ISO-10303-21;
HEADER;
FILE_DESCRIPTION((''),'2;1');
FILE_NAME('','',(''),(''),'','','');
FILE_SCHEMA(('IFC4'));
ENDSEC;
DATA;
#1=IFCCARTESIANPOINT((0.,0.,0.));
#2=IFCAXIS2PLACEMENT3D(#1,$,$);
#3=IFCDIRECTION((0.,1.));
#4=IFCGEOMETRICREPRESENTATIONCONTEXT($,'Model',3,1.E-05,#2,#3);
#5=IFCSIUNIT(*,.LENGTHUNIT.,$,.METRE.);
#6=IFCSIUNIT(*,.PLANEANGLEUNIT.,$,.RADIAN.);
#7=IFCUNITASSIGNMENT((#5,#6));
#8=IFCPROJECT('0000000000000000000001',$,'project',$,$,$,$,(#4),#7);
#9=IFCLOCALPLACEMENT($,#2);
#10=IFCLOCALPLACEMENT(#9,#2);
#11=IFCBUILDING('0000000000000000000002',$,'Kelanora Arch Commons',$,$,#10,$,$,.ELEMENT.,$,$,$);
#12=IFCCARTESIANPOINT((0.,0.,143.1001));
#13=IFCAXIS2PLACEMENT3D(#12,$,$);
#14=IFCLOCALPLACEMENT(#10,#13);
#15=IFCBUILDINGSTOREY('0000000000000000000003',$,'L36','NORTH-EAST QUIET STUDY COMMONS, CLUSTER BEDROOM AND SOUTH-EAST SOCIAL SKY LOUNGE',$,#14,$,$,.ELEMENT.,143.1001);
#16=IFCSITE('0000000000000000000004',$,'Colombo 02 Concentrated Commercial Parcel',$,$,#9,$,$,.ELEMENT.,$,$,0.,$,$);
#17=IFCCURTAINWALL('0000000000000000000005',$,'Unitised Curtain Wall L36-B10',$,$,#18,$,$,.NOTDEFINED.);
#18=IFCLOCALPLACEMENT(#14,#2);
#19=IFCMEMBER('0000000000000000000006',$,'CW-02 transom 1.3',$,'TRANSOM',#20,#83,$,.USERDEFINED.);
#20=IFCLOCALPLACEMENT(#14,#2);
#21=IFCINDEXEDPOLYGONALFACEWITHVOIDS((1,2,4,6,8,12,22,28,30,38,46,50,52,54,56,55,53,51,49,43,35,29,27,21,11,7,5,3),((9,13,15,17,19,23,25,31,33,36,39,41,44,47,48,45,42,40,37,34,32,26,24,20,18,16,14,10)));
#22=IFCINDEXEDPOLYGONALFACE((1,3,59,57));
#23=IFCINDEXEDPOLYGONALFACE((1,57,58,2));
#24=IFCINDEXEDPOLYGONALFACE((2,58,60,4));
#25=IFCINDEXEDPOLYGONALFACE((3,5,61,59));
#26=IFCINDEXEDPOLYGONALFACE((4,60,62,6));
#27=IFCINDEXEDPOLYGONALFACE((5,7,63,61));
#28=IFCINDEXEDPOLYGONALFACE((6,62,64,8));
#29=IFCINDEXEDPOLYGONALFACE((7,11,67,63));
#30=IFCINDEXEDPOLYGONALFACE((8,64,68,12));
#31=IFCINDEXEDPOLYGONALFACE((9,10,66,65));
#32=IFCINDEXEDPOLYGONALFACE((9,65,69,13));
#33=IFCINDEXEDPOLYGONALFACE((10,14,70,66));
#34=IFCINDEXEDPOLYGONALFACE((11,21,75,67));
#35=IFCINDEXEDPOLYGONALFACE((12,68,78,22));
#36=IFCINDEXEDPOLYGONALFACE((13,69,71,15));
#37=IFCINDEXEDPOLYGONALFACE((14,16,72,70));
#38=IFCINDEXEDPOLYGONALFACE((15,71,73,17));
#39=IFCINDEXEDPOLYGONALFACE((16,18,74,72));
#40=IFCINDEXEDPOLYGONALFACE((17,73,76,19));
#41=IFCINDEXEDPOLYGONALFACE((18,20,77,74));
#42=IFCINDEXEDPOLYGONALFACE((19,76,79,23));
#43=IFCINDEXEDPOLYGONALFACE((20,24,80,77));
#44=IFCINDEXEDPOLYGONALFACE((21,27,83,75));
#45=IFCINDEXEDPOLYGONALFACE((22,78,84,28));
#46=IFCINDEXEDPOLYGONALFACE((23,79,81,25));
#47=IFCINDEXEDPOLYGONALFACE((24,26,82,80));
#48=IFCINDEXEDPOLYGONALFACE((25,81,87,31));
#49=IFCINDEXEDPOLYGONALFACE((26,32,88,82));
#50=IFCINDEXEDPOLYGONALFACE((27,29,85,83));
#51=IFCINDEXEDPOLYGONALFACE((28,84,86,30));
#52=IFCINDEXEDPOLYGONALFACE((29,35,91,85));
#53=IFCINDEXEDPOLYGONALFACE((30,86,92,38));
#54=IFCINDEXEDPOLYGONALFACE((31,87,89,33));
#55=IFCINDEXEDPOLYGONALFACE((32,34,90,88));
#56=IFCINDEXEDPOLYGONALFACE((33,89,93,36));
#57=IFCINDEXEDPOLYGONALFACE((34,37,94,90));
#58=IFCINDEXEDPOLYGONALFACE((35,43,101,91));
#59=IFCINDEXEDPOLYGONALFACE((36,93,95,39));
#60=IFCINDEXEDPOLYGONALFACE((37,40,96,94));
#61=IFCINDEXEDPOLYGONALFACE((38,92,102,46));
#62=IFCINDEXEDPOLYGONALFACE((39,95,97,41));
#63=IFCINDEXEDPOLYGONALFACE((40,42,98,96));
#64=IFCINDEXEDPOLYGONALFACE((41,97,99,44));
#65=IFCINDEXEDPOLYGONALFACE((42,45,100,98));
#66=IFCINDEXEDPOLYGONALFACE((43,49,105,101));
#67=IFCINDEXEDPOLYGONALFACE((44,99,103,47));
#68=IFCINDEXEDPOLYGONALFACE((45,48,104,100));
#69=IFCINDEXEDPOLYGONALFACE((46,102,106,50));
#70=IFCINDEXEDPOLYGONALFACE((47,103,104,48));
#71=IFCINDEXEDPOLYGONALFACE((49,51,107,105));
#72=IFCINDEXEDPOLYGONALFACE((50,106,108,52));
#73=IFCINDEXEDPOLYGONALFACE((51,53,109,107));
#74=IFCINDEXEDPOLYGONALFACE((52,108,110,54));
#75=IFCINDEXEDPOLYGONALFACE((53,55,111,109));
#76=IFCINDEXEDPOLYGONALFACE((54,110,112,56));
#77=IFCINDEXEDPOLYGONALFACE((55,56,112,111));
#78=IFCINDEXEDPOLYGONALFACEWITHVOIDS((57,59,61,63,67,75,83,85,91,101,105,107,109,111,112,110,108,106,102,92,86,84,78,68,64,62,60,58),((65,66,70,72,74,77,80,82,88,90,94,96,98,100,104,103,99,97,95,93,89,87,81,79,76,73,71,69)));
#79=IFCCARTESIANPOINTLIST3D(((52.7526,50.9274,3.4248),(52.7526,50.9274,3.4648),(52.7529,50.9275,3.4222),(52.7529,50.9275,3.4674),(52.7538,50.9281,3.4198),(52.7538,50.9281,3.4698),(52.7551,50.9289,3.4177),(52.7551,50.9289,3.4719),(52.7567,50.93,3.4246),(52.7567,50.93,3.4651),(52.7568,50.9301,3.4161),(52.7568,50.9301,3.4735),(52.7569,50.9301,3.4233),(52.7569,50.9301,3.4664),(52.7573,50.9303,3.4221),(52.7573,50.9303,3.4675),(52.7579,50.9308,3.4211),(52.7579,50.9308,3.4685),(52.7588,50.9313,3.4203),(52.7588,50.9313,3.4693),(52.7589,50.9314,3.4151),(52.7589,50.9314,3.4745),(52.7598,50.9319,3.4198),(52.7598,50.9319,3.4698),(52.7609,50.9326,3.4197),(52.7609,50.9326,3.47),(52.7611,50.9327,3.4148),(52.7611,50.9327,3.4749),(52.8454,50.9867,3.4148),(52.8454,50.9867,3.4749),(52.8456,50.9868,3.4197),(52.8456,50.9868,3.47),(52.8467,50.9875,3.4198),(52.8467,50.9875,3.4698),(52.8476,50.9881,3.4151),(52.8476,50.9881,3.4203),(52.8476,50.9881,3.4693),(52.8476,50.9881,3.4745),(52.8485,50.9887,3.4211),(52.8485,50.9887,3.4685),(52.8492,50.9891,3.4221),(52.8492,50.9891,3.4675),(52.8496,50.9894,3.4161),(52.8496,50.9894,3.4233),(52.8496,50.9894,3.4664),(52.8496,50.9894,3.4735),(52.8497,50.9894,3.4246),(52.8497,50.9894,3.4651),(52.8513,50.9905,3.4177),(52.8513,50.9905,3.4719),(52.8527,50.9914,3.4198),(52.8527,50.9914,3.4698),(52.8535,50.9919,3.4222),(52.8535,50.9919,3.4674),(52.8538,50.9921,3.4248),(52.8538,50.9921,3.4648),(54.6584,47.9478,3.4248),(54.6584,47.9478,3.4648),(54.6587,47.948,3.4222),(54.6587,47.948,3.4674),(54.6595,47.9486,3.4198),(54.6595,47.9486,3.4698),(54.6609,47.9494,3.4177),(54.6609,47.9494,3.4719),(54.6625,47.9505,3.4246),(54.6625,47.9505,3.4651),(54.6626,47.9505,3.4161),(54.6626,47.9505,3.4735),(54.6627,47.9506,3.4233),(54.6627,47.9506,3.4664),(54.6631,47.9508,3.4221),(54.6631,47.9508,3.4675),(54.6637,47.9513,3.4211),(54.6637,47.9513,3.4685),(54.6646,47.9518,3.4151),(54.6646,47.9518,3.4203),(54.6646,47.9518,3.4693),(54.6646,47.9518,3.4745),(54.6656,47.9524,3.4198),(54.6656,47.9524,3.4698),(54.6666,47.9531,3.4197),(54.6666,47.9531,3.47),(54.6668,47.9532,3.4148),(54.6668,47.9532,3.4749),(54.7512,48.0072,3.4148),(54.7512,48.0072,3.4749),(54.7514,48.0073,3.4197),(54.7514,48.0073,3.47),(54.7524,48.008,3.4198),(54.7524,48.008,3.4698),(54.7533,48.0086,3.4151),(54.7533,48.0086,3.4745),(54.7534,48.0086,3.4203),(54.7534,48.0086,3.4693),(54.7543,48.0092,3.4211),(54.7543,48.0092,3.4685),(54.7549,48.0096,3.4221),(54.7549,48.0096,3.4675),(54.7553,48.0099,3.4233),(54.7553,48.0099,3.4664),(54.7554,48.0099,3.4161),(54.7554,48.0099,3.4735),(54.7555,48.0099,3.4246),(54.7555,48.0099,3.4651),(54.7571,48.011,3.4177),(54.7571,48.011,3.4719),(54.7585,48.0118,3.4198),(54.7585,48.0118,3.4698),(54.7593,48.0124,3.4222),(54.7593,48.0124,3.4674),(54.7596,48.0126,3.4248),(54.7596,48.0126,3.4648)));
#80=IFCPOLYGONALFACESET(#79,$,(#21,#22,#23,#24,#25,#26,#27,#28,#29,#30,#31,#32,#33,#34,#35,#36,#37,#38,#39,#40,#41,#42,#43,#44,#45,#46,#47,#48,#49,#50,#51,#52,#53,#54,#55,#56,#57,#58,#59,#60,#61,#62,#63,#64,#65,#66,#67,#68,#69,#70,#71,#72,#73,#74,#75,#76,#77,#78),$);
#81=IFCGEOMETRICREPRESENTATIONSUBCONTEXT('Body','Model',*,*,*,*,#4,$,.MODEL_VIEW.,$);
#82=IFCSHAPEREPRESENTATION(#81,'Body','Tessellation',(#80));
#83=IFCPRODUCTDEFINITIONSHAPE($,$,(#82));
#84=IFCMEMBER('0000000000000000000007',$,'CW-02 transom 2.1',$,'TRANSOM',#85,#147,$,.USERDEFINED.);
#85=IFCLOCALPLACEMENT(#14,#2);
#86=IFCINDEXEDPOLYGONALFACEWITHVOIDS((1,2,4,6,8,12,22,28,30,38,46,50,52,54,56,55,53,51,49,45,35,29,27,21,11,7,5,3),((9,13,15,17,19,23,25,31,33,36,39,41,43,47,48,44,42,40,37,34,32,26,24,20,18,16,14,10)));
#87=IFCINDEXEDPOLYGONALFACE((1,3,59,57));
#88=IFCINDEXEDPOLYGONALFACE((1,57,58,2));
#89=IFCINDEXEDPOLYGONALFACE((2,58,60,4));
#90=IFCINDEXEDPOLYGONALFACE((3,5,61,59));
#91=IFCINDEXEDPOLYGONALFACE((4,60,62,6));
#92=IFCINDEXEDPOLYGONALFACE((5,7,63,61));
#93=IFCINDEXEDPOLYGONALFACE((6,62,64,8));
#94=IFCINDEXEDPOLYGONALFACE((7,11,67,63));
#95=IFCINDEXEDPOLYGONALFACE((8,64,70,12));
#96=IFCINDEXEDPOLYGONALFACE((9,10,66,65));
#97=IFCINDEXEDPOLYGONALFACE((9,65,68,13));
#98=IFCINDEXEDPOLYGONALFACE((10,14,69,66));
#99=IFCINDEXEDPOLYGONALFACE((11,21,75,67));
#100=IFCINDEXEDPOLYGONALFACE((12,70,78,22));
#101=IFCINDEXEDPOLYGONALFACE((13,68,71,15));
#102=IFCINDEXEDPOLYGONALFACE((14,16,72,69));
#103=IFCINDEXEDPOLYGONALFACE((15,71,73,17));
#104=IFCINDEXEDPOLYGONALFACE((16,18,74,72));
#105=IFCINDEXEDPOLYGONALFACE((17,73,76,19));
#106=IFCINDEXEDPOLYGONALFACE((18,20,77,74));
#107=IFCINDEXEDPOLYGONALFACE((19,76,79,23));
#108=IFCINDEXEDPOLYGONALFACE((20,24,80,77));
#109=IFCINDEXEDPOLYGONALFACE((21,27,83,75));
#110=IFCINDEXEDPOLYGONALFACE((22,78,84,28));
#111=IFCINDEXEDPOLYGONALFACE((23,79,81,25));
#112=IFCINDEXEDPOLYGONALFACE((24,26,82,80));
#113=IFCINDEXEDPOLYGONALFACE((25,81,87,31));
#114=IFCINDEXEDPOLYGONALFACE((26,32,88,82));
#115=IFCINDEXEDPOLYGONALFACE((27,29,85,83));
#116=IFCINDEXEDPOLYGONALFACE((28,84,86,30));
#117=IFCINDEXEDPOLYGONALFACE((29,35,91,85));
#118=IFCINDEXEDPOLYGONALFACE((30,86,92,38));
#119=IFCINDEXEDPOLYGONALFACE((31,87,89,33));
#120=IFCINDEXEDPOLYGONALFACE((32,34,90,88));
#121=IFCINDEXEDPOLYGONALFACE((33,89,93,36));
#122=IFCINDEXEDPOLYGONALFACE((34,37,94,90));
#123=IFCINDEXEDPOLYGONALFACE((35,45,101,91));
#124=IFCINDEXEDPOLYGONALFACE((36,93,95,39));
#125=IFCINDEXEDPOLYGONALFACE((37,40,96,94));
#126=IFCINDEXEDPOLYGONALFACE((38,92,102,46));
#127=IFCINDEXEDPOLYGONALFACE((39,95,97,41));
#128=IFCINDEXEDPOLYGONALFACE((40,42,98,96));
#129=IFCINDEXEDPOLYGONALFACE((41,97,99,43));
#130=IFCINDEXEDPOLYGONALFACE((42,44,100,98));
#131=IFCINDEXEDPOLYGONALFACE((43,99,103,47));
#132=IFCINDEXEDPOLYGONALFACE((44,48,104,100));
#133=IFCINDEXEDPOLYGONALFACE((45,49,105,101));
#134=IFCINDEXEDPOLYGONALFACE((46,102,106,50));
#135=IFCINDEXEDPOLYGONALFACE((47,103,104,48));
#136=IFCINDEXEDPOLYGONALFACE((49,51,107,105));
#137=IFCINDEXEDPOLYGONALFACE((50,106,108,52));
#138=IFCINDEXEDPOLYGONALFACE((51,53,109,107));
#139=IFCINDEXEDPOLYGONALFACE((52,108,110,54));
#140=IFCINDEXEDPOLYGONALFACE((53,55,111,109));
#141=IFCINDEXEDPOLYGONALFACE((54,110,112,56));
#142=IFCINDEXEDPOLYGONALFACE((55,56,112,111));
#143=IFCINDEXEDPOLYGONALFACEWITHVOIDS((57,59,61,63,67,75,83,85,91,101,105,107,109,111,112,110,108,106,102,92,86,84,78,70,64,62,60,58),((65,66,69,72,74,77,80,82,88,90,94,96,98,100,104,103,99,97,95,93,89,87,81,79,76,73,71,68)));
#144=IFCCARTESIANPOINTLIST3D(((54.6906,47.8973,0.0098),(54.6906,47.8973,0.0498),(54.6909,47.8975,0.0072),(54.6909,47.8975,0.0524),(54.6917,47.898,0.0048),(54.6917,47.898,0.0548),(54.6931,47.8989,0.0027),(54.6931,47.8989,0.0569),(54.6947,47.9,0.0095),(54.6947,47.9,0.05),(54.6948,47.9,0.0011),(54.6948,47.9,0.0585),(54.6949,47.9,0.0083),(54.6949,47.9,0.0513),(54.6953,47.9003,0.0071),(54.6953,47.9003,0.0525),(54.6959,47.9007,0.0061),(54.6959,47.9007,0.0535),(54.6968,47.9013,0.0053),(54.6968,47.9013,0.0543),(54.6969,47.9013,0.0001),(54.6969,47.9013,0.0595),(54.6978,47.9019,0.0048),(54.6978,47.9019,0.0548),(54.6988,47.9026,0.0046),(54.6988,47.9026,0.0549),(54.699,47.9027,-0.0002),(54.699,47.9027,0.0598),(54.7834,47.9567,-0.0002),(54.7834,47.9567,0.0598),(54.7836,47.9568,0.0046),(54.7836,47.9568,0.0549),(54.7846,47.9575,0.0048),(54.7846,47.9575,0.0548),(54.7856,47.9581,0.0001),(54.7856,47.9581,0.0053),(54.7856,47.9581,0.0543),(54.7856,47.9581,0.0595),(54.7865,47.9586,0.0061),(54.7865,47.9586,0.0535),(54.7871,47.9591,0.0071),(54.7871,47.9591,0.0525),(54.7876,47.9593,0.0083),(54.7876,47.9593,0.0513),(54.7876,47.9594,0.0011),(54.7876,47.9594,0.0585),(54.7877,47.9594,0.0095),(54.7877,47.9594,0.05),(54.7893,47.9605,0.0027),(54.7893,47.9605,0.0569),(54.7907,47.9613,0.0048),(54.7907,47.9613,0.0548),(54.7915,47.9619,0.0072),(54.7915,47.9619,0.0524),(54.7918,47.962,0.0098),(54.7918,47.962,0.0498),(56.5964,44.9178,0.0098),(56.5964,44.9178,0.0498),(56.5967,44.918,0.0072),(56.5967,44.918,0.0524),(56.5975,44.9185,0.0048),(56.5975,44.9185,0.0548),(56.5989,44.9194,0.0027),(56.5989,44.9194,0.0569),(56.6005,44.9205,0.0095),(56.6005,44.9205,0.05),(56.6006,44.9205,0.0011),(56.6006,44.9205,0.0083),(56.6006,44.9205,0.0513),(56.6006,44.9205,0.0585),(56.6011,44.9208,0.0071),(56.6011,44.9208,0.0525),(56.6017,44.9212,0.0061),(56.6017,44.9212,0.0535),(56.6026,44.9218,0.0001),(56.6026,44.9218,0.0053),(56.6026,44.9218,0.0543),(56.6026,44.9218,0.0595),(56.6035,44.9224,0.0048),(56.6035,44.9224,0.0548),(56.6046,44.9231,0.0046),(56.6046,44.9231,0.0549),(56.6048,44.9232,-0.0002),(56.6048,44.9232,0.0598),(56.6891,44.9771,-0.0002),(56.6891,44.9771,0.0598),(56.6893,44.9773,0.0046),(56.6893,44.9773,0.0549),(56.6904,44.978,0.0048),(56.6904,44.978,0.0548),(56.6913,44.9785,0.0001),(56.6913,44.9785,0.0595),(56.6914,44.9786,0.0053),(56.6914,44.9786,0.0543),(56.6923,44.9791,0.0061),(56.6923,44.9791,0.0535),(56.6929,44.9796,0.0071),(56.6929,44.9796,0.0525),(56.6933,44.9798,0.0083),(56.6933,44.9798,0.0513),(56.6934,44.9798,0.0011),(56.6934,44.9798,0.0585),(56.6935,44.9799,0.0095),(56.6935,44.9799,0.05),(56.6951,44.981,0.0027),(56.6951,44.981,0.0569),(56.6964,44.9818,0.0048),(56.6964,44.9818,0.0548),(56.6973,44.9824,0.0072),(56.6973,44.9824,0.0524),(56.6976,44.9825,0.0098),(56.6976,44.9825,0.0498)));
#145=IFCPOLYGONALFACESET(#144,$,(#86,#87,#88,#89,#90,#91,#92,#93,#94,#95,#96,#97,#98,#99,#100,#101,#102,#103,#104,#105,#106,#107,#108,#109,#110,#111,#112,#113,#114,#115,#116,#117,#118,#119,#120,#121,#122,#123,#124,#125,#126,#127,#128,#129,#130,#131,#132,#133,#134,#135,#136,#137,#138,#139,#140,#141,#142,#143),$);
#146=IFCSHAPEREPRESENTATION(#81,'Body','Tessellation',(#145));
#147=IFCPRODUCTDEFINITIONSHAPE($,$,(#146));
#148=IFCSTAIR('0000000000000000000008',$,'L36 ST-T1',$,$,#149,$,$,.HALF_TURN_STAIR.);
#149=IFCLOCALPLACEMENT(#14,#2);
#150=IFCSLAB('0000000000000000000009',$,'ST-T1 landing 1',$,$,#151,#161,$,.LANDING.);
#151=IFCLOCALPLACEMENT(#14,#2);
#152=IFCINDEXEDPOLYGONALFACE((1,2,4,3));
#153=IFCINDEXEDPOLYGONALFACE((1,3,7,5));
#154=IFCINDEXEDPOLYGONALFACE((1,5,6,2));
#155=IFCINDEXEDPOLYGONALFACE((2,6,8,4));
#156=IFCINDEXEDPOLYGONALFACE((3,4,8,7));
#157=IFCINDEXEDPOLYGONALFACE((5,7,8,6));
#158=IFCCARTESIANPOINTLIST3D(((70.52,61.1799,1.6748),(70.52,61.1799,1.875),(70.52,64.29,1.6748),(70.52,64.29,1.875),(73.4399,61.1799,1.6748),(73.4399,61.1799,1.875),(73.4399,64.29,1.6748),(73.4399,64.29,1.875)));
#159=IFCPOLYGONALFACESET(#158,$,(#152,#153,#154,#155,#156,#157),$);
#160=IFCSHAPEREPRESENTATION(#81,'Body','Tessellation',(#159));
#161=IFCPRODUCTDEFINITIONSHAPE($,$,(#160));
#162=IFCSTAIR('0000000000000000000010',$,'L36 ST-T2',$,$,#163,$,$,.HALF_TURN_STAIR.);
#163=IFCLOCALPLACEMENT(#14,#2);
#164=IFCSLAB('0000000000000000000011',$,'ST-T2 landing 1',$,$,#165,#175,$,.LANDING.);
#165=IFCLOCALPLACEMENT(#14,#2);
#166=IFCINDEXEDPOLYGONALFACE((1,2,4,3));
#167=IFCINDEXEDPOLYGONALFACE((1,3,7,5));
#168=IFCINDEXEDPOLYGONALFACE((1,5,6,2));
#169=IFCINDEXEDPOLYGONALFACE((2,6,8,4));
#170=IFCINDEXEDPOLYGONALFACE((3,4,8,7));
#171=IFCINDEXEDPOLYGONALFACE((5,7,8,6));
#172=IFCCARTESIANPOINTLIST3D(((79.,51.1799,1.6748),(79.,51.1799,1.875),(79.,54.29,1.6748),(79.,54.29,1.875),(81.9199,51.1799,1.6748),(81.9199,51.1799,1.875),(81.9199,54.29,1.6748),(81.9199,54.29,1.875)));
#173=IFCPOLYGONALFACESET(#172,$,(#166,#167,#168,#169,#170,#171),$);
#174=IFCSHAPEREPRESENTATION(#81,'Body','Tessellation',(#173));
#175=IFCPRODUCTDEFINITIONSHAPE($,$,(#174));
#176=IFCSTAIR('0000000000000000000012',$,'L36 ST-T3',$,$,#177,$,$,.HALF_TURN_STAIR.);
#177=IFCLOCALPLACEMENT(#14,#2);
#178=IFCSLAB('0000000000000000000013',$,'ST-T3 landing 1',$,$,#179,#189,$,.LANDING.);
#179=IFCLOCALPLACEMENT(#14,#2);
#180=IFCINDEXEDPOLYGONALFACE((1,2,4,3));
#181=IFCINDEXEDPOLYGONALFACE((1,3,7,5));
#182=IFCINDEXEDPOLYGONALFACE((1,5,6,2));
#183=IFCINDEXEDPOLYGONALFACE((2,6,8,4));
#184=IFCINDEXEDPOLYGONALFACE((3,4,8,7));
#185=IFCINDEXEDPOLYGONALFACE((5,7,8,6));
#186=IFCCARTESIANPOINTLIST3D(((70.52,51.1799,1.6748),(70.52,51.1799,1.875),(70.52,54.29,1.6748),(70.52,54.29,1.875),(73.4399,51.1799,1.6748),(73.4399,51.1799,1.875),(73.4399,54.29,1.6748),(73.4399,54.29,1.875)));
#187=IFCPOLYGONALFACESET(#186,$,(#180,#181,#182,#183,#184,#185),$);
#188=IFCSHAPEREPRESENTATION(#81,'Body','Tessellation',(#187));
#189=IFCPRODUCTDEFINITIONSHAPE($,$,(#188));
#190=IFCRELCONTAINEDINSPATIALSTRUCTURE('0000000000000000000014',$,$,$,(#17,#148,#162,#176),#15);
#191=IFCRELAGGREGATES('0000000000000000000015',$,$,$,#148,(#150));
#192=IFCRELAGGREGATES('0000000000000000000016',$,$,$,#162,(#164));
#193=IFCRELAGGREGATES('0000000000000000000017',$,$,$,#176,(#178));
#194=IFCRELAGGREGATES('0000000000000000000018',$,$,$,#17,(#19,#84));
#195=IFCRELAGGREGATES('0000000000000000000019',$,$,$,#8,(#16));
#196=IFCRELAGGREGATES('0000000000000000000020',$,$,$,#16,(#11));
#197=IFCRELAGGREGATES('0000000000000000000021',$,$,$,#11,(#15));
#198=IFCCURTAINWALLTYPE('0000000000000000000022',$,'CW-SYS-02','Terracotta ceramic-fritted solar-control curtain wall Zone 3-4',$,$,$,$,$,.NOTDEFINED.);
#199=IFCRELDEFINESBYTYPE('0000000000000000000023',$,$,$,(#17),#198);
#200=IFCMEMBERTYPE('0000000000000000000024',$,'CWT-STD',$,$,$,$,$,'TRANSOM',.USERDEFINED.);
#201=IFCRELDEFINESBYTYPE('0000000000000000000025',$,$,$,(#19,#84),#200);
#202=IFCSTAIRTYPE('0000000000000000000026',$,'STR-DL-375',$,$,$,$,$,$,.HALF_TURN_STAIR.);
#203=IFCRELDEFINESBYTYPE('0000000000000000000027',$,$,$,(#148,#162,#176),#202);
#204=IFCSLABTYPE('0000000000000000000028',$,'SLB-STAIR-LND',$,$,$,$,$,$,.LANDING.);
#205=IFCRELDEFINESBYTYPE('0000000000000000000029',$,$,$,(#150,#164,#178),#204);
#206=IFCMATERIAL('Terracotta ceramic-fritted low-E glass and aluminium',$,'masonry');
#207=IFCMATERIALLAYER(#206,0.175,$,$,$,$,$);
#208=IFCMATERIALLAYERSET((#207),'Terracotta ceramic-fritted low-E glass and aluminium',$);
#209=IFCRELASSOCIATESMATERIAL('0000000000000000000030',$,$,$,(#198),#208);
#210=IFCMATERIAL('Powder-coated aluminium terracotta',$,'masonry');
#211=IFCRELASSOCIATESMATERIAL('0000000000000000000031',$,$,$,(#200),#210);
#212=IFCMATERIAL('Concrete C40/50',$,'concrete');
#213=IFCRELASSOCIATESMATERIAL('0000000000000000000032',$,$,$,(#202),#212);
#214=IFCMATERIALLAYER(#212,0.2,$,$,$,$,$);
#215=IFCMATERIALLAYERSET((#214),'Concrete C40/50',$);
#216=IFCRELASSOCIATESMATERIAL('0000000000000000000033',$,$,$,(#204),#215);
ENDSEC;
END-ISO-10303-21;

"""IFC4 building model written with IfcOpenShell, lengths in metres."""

from ifc_helpers import new_model, si_unit, direction, frame, origin, origin_2d, place, context, subcontext, project, spatial, polyline, hollow_rectangle, outline, extrude, material, layer, layer_set, material_profile, profile_set, type_object, element, aggregate, save


model = new_model("IFC4")

# Units and contexts
model_context = context("Model", 3, precision=1e-05, world=origin(), true_north=direction((0.0, 1.0)))
body_context = subcontext(model_context, "Body", "Model", "MODEL_VIEW")
ifc_project = project(units=[si_unit("LENGTHUNIT", "METRE"), si_unit("PLANEANGLEUNIT", "RADIAN")], contexts=[model_context])

# Site, building, storey
site_placement = place(None, origin())
site = spatial("IfcSite", under=ifc_project, at=site_placement, Name="Colombo 02 Concentrated Commercial Parcel", CompositionType="ELEMENT", RefElevation=0.0)
building_placement = place(site_placement, origin())
building = spatial("IfcBuilding", under=site, at=building_placement, Name="Kelanora Arch Commons", CompositionType="ELEMENT")
storey_placement = place(building_placement, frame((0.0, 0.0, 143.1001)))
storey = spatial("IfcBuildingStorey", under=building, at=storey_placement, Name="L36", Description="NORTH-EAST QUIET STUDY COMMONS, CLUSTER BEDROOM AND SOUTH-EAST SOCIAL SKY LOUNGE", CompositionType="ELEMENT", Elevation=143.1001)

# Curtain wall, members
ifc_material_1 = material(Name="Terracotta ceramic-fritted low-E glass and aluminium", Category="masonry")
ifc_layer_1 = layer(ifc_material_1, 0.175)
ifc_layer_set_1 = layer_set([ifc_layer_1], Name="Terracotta ceramic-fritted low-E glass and aluminium")
curtain_wall_type = type_object("IfcCurtainWallType", Name="CW-SYS-02", Description="Terracotta ceramic-fritted solar-control curtain wall Zone 3-4", PredefinedType="NOTDEFINED", material=ifc_layer_set_1)
curtain_wall_placement = place(storey_placement, origin())
curtain_wall = element("IfcCurtainWall", 1, at=curtain_wall_placement, inside=storey, type_object=curtain_wall_type, Name="Unitised Curtain Wall L36-B10", PredefinedType="NOTDEFINED")
ifc_material_2 = material(Name="Powder-coated aluminium terracotta", Category="masonry")
ifc_material_profile_1 = material_profile(ifc_material_2, hollow_rectangle(XDim=0.1201, YDim=0.0601, WallThickness=0.0049, InnerFilletRadius=0.0049, OuterFilletRadius=0.01, at=origin_2d()), Name="CWT120x60")
ifc_profile_set_1 = profile_set([ifc_material_profile_1], Name="Powder-coated aluminium terracotta")
member_type_1 = type_object("IfcMemberType", Name="CWT-STD", ElementType="TRANSOM", PredefinedType="USERDEFINED", material=ifc_profile_set_1)
member_1_placement = place(storey_placement, frame((52.8032, 50.9597, 3.4448), z_axis=(0.53883, -0.842414, 0.0), x_axis=(0.842414, 0.53883, 0.0)))
member_1 = element("IfcMember", 2, at=member_1_placement, type_object=member_type_1, Name="CW-02 transom 1.3", ObjectType="TRANSOM", PredefinedType="USERDEFINED", context=body_context, shape_type="SweptSolid", body=[
    extrude(hollow_rectangle(XDim=0.1201, YDim=0.0601, WallThickness=0.0049, InnerFilletRadius=0.0049, OuterFilletRadius=0.01, at=origin_2d()), origin(), (0.0, 0.0, 1.0), 3.5369),
])
member_2_placement = place(storey_placement, frame((54.7412, 47.9297, 0.0298), z_axis=(0.53883, -0.842414, 0.0), x_axis=(0.842414, 0.53883, 0.0)))
member_2 = element("IfcMember", 3, at=member_2_placement, type_object=member_type_1, Name="CW-02 transom 2.1", ObjectType="TRANSOM", PredefinedType="USERDEFINED", context=body_context, shape_type="SweptSolid", body=[
    extrude(hollow_rectangle(XDim=0.1201, YDim=0.0601, WallThickness=0.0049, InnerFilletRadius=0.0049, OuterFilletRadius=0.01, at=origin_2d()), origin(), (0.0, 0.0, 1.0), 3.5369),
])

# Stairs, slabs
ifc_material_3 = material(Name="Concrete C40/50", Category="concrete")
stair_type = type_object("IfcStairType", Name="STR-DL-375", PredefinedType="HALF_TURN_STAIR", material=ifc_material_3)
stair_1_placement = place(storey_placement, origin())
stair_1 = element("IfcStair", 4, at=stair_1_placement, inside=storey, type_object=stair_type, Name="L36 ST-T1", PredefinedType="HALF_TURN_STAIR")
ifc_layer_2 = layer(ifc_material_3, 0.2)
ifc_layer_set_2 = layer_set([ifc_layer_2], Name="Concrete C40/50")
slab_type_1 = type_object("IfcSlabType", Name="SLB-STAIR-LND", PredefinedType="LANDING", material=ifc_layer_set_2)
slab_1_placement = place(storey_placement, frame((0.0, 0.0, 1.6748)))
slab_1 = element("IfcSlab", 5, at=slab_1_placement, type_object=slab_type_1, Name="ST-T1 landing 1", PredefinedType="LANDING", context=body_context, shape_type="SweptSolid", body=[
    extrude(outline(polyline([(70.52, 61.1799), (73.4399, 61.1799), (73.4399, 64.29), (70.52, 64.29), (70.52, 61.1799)])), origin(), (0.0, 0.0, 1.0), 0.2002),
])
aggregate(stair_1, [slab_1])
stair_2_placement = place(storey_placement, origin())
stair_2 = element("IfcStair", 6, at=stair_2_placement, inside=storey, type_object=stair_type, Name="L36 ST-T2", PredefinedType="HALF_TURN_STAIR")
slab_2_placement = place(storey_placement, frame((0.0, 0.0, 1.6748)))
slab_2 = element("IfcSlab", 7, at=slab_2_placement, type_object=slab_type_1, Name="ST-T2 landing 1", PredefinedType="LANDING", context=body_context, shape_type="SweptSolid", body=[
    extrude(outline(polyline([(79.0, 51.1799), (81.9199, 51.1799), (81.9199, 54.29), (79.0, 54.29), (79.0, 51.1799)])), origin(), (0.0, 0.0, 1.0), 0.2002),
])
aggregate(stair_2, [slab_2])
stair_3_placement = place(storey_placement, origin())
stair_3 = element("IfcStair", 8, at=stair_3_placement, inside=storey, type_object=stair_type, Name="L36 ST-T3", PredefinedType="HALF_TURN_STAIR")
slab_3_placement = place(storey_placement, frame((0.0, 0.0, 1.6748)))
slab_3 = element("IfcSlab", 9, at=slab_3_placement, type_object=slab_type_1, Name="ST-T3 landing 1", PredefinedType="LANDING", context=body_context, shape_type="SweptSolid", body=[
    extrude(outline(polyline([(70.52, 51.1799), (73.4399, 51.1799), (73.4399, 54.29), (70.52, 54.29), (70.52, 51.1799)])), origin(), (0.0, 0.0, 1.0), 0.2002),
])
aggregate(stair_3, [slab_3])

aggregate(curtain_wall, [member_1, member_2])

save(model, "model.ifc")
